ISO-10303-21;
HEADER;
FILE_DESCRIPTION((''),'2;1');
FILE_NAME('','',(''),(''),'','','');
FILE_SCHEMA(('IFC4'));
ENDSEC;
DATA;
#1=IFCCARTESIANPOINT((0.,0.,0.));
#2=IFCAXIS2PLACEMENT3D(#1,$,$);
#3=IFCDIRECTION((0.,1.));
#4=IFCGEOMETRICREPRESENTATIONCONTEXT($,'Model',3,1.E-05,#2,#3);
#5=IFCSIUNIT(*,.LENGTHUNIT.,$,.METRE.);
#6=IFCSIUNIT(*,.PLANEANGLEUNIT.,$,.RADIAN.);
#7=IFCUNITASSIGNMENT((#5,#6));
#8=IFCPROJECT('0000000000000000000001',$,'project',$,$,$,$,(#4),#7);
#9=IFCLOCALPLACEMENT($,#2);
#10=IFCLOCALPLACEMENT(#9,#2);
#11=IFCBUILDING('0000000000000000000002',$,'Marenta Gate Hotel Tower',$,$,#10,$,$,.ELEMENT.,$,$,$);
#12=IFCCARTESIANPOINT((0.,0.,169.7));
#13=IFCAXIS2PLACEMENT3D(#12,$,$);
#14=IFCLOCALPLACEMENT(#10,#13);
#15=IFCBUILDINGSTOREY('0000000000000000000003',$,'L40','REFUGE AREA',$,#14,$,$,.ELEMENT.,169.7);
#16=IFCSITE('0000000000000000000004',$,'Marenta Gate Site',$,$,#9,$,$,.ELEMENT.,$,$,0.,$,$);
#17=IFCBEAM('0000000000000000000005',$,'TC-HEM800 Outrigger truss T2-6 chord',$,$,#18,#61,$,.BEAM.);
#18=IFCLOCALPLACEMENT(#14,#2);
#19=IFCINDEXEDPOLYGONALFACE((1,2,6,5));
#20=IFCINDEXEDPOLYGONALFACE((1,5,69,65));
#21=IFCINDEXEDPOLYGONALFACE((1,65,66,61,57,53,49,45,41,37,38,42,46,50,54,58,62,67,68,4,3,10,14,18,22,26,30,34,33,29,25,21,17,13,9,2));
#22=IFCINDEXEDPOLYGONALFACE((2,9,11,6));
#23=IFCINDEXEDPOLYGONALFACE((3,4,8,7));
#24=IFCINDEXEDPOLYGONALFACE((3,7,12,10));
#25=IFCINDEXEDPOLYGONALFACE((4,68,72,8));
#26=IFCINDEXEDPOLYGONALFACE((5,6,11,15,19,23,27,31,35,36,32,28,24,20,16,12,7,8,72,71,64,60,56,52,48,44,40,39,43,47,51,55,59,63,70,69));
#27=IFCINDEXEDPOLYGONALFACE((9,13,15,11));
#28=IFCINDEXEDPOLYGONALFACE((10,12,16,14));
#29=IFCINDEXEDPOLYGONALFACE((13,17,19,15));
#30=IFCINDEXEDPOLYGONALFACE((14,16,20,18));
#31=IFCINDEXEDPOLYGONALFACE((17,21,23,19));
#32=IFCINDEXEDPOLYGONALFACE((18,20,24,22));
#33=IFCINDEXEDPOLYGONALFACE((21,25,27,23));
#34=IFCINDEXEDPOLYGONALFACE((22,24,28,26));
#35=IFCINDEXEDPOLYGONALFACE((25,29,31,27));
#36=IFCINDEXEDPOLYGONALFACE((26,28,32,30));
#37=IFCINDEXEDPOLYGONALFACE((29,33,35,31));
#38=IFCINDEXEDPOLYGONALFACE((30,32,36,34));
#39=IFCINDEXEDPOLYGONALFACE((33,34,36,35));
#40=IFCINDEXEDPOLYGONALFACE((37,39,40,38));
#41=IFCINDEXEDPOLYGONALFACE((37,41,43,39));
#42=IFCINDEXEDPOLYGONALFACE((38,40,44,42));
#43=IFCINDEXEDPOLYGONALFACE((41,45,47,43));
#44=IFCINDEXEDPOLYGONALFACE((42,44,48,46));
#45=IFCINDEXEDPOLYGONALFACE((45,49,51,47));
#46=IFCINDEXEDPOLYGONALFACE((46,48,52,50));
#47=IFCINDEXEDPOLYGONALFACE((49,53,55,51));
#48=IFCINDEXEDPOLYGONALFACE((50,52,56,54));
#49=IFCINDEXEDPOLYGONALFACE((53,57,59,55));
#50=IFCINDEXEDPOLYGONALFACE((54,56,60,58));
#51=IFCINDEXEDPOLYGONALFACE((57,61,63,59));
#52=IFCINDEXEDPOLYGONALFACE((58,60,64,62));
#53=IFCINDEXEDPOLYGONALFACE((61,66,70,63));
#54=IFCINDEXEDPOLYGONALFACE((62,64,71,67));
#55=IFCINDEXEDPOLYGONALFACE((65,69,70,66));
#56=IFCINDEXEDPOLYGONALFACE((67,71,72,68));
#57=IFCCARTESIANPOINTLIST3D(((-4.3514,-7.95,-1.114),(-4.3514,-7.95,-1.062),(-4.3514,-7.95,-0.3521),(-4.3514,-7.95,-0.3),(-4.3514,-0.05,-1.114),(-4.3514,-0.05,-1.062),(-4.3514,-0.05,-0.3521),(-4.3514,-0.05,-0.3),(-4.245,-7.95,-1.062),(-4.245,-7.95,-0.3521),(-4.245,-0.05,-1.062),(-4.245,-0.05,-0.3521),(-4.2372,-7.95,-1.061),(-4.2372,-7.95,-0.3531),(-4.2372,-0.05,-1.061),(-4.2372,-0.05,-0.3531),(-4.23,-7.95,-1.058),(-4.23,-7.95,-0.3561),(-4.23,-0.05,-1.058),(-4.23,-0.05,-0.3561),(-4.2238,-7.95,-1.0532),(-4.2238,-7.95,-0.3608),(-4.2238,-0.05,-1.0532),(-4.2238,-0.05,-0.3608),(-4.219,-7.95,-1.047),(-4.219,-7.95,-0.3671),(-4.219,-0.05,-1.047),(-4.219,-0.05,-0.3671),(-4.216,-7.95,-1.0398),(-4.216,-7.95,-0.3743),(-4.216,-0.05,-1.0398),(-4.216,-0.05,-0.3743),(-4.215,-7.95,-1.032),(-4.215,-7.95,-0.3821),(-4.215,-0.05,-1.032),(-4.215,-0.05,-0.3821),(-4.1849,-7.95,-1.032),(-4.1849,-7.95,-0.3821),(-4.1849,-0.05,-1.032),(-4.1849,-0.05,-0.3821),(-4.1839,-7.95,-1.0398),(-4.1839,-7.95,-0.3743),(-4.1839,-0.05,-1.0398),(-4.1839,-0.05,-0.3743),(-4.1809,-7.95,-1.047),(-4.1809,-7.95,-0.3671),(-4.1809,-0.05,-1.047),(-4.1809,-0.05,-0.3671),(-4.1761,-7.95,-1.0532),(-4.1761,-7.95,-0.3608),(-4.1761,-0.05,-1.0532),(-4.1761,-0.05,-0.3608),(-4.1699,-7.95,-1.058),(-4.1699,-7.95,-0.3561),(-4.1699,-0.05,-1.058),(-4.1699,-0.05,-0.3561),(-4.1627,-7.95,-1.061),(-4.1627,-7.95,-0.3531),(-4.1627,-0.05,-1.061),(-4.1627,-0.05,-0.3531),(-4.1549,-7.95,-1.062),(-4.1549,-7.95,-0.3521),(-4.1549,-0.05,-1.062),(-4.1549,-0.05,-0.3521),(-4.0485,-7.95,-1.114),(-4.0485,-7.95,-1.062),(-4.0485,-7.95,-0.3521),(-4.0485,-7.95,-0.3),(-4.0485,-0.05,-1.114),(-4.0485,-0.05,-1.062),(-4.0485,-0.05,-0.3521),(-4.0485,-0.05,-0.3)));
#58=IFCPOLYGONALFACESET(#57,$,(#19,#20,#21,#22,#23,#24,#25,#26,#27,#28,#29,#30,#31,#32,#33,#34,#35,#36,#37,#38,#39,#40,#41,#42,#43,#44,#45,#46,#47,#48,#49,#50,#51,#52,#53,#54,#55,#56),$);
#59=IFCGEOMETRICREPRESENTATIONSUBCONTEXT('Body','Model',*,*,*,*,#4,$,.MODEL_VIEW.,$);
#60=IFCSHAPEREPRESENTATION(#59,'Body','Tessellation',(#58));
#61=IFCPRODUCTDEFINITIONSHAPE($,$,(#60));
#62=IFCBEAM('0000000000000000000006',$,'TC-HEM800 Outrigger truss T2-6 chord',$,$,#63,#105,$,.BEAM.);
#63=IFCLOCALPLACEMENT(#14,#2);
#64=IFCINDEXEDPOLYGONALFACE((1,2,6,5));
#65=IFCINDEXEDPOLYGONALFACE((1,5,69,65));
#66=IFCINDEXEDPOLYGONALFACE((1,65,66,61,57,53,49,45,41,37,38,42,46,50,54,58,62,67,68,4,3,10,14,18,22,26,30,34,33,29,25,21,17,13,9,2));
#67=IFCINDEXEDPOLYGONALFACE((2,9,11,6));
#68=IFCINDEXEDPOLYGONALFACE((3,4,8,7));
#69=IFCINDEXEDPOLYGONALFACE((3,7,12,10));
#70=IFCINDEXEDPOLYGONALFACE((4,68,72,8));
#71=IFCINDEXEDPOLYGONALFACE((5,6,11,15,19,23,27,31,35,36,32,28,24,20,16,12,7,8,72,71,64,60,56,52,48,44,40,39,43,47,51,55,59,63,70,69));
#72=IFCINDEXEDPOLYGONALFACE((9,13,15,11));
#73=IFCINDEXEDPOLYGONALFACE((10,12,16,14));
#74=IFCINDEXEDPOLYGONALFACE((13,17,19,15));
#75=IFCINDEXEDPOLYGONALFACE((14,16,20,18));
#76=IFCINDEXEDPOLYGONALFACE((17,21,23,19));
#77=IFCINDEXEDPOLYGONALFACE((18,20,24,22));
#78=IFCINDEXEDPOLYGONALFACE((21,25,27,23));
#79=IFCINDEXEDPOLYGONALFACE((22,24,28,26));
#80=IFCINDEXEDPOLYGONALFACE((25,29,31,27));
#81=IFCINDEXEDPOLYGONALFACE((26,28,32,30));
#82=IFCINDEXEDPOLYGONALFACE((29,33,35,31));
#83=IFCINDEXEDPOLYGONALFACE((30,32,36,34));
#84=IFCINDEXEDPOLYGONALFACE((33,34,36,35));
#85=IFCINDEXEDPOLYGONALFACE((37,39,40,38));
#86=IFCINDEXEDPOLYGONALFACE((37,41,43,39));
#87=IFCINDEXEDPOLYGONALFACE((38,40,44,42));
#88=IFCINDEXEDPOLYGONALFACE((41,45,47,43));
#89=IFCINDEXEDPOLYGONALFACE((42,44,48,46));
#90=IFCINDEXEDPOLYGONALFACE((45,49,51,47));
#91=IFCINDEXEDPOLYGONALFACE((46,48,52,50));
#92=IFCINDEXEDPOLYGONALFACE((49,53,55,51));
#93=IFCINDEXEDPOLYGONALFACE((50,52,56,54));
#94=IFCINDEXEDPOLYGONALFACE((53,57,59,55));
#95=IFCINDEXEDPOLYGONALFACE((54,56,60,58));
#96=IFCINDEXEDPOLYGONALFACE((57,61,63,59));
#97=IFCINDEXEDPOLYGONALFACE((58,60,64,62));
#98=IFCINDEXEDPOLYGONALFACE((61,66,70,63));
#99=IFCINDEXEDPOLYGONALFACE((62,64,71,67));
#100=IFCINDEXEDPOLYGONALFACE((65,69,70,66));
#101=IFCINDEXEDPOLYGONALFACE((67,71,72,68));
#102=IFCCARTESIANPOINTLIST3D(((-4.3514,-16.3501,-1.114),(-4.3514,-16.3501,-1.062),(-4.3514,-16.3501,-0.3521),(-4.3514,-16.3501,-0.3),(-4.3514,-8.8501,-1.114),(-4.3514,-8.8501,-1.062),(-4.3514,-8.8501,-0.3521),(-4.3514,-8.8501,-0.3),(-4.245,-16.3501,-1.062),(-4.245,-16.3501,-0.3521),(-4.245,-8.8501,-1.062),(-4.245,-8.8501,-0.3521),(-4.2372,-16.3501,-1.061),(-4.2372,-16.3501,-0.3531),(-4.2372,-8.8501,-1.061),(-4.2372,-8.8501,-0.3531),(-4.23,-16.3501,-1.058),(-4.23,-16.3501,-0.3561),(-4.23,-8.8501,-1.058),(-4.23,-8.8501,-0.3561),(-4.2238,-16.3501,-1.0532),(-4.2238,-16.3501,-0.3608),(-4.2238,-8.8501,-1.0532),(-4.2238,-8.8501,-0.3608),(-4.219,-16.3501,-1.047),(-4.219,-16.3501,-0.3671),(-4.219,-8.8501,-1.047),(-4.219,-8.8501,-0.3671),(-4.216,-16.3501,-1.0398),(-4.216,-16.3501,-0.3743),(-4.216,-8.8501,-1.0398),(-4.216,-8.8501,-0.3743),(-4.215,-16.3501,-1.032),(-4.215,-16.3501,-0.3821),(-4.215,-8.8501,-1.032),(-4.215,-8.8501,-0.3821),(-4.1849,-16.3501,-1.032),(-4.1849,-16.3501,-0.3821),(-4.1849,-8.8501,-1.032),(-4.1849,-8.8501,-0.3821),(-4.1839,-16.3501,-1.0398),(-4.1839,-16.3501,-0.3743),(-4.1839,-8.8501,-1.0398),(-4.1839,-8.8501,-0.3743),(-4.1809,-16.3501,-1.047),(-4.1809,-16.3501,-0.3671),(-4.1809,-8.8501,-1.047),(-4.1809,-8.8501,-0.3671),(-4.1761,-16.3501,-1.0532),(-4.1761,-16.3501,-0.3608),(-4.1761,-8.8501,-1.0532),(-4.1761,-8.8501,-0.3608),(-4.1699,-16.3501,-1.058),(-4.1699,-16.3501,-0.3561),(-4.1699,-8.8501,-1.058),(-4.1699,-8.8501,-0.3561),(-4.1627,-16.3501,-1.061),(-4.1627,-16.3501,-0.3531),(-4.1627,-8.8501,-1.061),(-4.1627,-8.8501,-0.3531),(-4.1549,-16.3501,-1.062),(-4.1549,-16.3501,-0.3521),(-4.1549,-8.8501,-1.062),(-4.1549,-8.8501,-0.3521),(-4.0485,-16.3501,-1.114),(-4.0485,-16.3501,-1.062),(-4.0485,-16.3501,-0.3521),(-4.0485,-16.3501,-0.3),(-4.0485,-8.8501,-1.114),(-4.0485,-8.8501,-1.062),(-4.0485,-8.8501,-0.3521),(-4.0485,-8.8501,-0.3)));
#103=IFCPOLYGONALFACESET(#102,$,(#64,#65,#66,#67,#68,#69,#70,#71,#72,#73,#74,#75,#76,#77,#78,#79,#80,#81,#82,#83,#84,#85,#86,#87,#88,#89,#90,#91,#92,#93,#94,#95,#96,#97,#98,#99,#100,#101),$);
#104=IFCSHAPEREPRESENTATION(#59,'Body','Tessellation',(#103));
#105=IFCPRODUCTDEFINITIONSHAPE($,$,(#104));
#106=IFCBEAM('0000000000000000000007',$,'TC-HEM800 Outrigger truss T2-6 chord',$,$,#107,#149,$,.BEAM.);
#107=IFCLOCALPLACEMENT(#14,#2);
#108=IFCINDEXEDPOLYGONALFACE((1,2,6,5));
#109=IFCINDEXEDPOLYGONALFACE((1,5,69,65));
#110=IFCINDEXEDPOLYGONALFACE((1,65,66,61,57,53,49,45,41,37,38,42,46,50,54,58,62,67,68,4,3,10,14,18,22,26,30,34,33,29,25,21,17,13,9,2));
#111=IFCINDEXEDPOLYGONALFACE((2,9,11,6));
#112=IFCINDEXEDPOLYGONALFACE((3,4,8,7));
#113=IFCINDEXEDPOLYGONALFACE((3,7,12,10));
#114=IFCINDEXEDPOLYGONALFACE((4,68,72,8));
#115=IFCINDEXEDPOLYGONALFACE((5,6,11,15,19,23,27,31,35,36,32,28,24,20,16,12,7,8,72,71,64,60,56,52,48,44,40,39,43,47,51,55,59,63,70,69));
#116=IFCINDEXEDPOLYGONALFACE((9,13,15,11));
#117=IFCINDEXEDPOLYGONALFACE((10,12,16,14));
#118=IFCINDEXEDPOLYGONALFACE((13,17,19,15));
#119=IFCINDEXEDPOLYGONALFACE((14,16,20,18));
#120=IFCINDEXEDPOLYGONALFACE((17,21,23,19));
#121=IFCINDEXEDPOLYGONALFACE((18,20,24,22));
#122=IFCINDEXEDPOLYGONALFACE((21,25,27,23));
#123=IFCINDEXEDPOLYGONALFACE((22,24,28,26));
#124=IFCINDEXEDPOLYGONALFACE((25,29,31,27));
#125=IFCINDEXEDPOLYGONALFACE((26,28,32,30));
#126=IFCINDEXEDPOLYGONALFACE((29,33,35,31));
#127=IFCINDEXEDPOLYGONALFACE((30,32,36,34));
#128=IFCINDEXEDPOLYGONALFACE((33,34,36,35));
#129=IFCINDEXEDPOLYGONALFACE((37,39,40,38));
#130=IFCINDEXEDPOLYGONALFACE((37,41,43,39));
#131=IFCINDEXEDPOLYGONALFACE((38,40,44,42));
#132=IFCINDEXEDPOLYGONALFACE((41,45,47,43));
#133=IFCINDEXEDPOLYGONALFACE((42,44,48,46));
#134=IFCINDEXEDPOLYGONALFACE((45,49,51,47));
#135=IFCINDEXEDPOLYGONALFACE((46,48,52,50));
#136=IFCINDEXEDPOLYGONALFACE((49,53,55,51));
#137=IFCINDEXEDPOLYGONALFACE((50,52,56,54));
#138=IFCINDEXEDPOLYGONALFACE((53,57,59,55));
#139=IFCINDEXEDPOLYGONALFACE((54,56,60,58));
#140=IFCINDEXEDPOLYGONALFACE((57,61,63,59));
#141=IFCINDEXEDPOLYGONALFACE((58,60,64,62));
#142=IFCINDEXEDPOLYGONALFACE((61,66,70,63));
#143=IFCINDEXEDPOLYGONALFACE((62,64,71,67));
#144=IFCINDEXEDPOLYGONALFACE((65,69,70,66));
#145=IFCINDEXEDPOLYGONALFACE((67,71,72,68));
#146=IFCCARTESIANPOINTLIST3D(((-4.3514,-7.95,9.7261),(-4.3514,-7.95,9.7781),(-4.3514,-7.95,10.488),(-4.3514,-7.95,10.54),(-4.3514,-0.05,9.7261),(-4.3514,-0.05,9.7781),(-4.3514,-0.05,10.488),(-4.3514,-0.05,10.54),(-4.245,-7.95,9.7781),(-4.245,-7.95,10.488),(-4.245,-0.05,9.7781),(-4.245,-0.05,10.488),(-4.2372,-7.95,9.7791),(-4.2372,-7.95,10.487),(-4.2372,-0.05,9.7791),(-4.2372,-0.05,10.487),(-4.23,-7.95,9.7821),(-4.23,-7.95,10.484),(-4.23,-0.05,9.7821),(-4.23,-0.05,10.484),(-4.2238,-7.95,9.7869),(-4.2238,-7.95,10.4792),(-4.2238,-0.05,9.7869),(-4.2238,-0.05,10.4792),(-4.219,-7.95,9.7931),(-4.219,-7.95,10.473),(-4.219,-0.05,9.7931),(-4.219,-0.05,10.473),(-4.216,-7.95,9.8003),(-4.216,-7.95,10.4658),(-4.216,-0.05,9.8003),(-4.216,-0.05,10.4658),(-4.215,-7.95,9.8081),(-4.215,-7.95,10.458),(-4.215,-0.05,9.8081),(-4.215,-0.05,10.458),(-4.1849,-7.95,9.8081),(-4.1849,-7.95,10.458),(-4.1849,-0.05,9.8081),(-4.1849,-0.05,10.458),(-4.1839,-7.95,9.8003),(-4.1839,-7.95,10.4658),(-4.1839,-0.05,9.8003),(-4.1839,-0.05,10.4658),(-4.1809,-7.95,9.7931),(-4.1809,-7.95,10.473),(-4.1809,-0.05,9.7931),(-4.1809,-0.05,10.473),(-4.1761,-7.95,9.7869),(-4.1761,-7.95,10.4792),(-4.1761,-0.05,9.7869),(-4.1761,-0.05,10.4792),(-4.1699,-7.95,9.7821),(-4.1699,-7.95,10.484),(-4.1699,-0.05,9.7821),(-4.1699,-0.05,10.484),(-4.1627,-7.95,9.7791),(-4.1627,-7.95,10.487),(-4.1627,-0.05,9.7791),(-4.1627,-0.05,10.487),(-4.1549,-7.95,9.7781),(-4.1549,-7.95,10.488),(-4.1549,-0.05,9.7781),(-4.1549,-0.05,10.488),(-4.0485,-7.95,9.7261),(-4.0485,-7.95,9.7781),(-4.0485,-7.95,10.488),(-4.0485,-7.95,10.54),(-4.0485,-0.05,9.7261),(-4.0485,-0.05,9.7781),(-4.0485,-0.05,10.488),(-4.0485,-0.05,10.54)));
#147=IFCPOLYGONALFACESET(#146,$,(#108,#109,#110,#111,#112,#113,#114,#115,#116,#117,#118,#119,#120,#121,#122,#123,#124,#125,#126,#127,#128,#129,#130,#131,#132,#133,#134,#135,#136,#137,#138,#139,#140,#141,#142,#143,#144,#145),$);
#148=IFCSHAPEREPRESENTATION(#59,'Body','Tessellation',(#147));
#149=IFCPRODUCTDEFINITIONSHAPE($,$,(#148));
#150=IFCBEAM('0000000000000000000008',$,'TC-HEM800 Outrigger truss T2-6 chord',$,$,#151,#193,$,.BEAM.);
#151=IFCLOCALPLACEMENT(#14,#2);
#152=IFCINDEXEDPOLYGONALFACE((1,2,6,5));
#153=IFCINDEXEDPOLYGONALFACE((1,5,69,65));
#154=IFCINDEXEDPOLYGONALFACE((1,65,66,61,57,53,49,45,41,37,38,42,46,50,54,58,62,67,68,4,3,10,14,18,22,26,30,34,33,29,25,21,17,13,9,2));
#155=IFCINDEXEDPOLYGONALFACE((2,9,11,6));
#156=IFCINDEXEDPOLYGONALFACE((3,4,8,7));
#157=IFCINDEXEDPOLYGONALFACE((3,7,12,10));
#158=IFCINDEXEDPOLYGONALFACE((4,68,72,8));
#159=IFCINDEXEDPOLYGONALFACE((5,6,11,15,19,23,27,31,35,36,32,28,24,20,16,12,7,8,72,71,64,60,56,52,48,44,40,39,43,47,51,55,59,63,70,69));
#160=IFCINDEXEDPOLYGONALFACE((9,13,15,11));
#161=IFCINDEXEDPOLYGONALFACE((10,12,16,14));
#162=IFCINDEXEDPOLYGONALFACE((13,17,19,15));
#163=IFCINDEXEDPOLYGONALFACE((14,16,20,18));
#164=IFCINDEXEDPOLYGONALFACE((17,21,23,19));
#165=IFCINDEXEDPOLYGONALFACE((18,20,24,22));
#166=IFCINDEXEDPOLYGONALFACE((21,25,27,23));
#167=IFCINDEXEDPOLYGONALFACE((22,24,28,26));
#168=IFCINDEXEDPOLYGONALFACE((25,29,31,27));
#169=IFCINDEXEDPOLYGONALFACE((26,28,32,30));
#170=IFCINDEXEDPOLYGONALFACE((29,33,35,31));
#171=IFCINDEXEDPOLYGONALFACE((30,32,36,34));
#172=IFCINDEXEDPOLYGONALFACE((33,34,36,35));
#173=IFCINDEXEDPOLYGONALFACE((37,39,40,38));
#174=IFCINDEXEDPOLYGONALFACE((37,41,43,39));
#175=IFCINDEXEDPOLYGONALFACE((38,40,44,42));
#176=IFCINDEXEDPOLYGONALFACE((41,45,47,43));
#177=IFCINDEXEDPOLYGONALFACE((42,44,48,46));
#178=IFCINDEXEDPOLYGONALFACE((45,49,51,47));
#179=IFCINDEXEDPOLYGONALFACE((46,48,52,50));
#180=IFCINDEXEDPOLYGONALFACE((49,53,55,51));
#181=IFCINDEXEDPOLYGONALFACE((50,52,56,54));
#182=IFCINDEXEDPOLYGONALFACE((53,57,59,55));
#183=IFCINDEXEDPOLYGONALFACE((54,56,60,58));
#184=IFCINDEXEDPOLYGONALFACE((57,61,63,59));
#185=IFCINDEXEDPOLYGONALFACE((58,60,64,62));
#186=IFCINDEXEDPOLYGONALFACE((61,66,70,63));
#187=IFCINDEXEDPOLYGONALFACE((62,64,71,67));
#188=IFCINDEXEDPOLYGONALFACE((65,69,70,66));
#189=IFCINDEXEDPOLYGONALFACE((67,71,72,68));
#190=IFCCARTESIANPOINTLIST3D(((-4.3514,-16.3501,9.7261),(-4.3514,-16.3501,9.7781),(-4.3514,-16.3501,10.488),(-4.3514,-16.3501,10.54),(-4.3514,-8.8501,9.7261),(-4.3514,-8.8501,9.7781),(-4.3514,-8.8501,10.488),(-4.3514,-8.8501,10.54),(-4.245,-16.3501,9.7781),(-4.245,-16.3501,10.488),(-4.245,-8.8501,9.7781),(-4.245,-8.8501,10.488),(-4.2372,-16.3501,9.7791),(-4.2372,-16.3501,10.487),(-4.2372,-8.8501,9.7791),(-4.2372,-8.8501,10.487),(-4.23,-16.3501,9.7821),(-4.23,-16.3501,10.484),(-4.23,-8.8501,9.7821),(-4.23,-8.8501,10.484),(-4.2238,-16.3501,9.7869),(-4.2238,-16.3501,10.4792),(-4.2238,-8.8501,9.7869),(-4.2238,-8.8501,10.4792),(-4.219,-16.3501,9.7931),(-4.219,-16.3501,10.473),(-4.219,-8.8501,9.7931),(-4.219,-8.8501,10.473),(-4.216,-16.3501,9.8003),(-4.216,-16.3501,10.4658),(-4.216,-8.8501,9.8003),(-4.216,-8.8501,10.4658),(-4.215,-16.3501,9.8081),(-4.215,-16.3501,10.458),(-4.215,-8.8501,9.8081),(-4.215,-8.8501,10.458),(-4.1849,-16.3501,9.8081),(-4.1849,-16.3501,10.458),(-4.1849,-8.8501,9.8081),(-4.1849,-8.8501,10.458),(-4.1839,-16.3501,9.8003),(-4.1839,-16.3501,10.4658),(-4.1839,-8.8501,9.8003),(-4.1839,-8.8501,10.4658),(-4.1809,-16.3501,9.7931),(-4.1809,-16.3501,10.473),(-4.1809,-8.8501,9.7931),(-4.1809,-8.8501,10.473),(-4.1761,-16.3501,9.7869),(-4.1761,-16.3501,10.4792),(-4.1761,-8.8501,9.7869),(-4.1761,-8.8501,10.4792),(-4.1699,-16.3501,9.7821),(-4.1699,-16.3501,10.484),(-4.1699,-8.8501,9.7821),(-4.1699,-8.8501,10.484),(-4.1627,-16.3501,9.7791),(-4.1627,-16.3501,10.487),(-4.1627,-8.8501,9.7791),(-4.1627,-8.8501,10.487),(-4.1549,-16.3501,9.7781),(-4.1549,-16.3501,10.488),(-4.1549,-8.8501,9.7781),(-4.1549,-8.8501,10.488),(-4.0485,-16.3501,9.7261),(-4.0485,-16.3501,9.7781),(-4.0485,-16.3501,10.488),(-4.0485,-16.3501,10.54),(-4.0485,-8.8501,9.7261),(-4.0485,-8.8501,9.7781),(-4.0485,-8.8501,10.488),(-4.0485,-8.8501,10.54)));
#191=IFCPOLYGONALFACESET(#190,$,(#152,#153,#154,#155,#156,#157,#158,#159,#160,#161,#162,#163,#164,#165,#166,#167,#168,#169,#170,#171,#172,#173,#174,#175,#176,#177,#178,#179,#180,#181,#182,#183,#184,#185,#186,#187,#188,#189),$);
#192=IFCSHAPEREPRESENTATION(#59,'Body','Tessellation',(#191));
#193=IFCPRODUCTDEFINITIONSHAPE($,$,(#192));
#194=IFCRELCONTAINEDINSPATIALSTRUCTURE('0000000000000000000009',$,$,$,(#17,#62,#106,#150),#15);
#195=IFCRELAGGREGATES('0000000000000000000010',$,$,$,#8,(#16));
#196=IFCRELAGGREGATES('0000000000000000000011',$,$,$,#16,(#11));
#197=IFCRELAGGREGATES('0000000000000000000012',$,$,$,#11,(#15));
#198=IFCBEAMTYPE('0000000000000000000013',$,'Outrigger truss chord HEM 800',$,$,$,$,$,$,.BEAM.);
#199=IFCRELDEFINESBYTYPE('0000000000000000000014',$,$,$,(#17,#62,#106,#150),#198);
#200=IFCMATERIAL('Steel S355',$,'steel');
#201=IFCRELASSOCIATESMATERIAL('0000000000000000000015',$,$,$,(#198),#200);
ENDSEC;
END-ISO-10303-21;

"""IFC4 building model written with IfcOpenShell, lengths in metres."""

from ifc_helpers import new_model, si_unit, direction, frame, origin, origin_2d, place, context, subcontext, project, spatial, i_section, extrude, material, material_profile, profile_set, type_object, element, save


model = new_model("IFC4")

# Units and contexts
model_context = context("Model", 3, precision=1e-05, world=origin(), true_north=direction((0.0, 1.0)))
body_context = subcontext(model_context, "Body", "Model", "MODEL_VIEW")
ifc_project = project(units=[si_unit("LENGTHUNIT", "METRE"), si_unit("PLANEANGLEUNIT", "RADIAN")], contexts=[model_context])

# Site, building, storey
site_placement = place(None, origin())
site = spatial("IfcSite", under=ifc_project, at=site_placement, Name="Marenta Gate Site", CompositionType="ELEMENT", RefElevation=0.0)
building_placement = place(site_placement, origin())
building = spatial("IfcBuilding", under=site, at=building_placement, Name="Marenta Gate Hotel Tower", CompositionType="ELEMENT")
storey_placement = place(building_placement, frame((0.0, 0.0, 169.7)))
storey = spatial("IfcBuildingStorey", under=building, at=storey_placement, Name="L40", Description="REFUGE AREA", CompositionType="ELEMENT", Elevation=169.7)

# Beams
ifc_material_1 = material(Name="Steel S355", Category="steel")
ifc_material_profile_1 = material_profile(ifc_material_1, i_section(OverallWidth=0.303, OverallDepth=0.814, WebThickness=0.03, FlangeThickness=0.052, FilletRadius=0.03, at=origin_2d()), Name="HEM 800")
ifc_profile_set_1 = profile_set([ifc_material_profile_1], Name="Steel S355")
beam_type_1 = type_object("IfcBeamType", Name="Outrigger truss chord HEM 800", PredefinedType="BEAM", material=ifc_profile_set_1)
beam_1_placement = place(storey_placement, frame((-4.2, -0.05, -0.707), z_axis=(0.0, -1.0, 0.0), x_axis=(1.0, 0.0, 0.0)))
element("IfcBeam", 1, at=beam_1_placement, inside=storey, type_object=beam_type_1, Name="TC-HEM800 Outrigger truss T2-6 chord", PredefinedType="BEAM", context=body_context, shape_type="SweptSolid", body=[
    extrude(i_section(OverallWidth=0.303, OverallDepth=0.814, WebThickness=0.03, FlangeThickness=0.052, FilletRadius=0.03, at=origin_2d()), origin(), (0.0, 0.0, 1.0), 7.8999),
])
beam_2_placement = place(storey_placement, frame((-4.2, -8.8501, -0.707), z_axis=(0.0, -1.0, 0.0), x_axis=(1.0, 0.0, 0.0)))
element("IfcBeam", 2, at=beam_2_placement, inside=storey, type_object=beam_type_1, Name="TC-HEM800 Outrigger truss T2-6 chord", PredefinedType="BEAM", context=body_context, shape_type="SweptSolid", body=[
    extrude(i_section(OverallWidth=0.303, OverallDepth=0.814, WebThickness=0.03, FlangeThickness=0.052, FilletRadius=0.03, at=origin_2d()), origin(), (0.0, 0.0, 1.0), 7.5),
])
beam_3_placement = place(storey_placement, frame((-4.2, -0.05, 10.1331), z_axis=(0.0, -1.0, 0.0), x_axis=(1.0, 0.0, 0.0)))
element("IfcBeam", 3, at=beam_3_placement, inside=storey, type_object=beam_type_1, Name="TC-HEM800 Outrigger truss T2-6 chord", PredefinedType="BEAM", context=body_context, shape_type="SweptSolid", body=[
    extrude(i_section(OverallWidth=0.303, OverallDepth=0.814, WebThickness=0.03, FlangeThickness=0.052, FilletRadius=0.03, at=origin_2d()), origin(), (0.0, 0.0, 1.0), 7.8999),
])
beam_4_placement = place(storey_placement, frame((-4.2, -8.8501, 10.1331), z_axis=(0.0, -1.0, 0.0), x_axis=(1.0, 0.0, 0.0)))
element("IfcBeam", 4, at=beam_4_placement, inside=storey, type_object=beam_type_1, Name="TC-HEM800 Outrigger truss T2-6 chord", PredefinedType="BEAM", context=body_context, shape_type="SweptSolid", body=[
    extrude(i_section(OverallWidth=0.303, OverallDepth=0.814, WebThickness=0.03, FlangeThickness=0.052, FilletRadius=0.03, at=origin_2d()), origin(), (0.0, 0.0, 1.0), 7.5),
])

save(model, "model.ifc")
